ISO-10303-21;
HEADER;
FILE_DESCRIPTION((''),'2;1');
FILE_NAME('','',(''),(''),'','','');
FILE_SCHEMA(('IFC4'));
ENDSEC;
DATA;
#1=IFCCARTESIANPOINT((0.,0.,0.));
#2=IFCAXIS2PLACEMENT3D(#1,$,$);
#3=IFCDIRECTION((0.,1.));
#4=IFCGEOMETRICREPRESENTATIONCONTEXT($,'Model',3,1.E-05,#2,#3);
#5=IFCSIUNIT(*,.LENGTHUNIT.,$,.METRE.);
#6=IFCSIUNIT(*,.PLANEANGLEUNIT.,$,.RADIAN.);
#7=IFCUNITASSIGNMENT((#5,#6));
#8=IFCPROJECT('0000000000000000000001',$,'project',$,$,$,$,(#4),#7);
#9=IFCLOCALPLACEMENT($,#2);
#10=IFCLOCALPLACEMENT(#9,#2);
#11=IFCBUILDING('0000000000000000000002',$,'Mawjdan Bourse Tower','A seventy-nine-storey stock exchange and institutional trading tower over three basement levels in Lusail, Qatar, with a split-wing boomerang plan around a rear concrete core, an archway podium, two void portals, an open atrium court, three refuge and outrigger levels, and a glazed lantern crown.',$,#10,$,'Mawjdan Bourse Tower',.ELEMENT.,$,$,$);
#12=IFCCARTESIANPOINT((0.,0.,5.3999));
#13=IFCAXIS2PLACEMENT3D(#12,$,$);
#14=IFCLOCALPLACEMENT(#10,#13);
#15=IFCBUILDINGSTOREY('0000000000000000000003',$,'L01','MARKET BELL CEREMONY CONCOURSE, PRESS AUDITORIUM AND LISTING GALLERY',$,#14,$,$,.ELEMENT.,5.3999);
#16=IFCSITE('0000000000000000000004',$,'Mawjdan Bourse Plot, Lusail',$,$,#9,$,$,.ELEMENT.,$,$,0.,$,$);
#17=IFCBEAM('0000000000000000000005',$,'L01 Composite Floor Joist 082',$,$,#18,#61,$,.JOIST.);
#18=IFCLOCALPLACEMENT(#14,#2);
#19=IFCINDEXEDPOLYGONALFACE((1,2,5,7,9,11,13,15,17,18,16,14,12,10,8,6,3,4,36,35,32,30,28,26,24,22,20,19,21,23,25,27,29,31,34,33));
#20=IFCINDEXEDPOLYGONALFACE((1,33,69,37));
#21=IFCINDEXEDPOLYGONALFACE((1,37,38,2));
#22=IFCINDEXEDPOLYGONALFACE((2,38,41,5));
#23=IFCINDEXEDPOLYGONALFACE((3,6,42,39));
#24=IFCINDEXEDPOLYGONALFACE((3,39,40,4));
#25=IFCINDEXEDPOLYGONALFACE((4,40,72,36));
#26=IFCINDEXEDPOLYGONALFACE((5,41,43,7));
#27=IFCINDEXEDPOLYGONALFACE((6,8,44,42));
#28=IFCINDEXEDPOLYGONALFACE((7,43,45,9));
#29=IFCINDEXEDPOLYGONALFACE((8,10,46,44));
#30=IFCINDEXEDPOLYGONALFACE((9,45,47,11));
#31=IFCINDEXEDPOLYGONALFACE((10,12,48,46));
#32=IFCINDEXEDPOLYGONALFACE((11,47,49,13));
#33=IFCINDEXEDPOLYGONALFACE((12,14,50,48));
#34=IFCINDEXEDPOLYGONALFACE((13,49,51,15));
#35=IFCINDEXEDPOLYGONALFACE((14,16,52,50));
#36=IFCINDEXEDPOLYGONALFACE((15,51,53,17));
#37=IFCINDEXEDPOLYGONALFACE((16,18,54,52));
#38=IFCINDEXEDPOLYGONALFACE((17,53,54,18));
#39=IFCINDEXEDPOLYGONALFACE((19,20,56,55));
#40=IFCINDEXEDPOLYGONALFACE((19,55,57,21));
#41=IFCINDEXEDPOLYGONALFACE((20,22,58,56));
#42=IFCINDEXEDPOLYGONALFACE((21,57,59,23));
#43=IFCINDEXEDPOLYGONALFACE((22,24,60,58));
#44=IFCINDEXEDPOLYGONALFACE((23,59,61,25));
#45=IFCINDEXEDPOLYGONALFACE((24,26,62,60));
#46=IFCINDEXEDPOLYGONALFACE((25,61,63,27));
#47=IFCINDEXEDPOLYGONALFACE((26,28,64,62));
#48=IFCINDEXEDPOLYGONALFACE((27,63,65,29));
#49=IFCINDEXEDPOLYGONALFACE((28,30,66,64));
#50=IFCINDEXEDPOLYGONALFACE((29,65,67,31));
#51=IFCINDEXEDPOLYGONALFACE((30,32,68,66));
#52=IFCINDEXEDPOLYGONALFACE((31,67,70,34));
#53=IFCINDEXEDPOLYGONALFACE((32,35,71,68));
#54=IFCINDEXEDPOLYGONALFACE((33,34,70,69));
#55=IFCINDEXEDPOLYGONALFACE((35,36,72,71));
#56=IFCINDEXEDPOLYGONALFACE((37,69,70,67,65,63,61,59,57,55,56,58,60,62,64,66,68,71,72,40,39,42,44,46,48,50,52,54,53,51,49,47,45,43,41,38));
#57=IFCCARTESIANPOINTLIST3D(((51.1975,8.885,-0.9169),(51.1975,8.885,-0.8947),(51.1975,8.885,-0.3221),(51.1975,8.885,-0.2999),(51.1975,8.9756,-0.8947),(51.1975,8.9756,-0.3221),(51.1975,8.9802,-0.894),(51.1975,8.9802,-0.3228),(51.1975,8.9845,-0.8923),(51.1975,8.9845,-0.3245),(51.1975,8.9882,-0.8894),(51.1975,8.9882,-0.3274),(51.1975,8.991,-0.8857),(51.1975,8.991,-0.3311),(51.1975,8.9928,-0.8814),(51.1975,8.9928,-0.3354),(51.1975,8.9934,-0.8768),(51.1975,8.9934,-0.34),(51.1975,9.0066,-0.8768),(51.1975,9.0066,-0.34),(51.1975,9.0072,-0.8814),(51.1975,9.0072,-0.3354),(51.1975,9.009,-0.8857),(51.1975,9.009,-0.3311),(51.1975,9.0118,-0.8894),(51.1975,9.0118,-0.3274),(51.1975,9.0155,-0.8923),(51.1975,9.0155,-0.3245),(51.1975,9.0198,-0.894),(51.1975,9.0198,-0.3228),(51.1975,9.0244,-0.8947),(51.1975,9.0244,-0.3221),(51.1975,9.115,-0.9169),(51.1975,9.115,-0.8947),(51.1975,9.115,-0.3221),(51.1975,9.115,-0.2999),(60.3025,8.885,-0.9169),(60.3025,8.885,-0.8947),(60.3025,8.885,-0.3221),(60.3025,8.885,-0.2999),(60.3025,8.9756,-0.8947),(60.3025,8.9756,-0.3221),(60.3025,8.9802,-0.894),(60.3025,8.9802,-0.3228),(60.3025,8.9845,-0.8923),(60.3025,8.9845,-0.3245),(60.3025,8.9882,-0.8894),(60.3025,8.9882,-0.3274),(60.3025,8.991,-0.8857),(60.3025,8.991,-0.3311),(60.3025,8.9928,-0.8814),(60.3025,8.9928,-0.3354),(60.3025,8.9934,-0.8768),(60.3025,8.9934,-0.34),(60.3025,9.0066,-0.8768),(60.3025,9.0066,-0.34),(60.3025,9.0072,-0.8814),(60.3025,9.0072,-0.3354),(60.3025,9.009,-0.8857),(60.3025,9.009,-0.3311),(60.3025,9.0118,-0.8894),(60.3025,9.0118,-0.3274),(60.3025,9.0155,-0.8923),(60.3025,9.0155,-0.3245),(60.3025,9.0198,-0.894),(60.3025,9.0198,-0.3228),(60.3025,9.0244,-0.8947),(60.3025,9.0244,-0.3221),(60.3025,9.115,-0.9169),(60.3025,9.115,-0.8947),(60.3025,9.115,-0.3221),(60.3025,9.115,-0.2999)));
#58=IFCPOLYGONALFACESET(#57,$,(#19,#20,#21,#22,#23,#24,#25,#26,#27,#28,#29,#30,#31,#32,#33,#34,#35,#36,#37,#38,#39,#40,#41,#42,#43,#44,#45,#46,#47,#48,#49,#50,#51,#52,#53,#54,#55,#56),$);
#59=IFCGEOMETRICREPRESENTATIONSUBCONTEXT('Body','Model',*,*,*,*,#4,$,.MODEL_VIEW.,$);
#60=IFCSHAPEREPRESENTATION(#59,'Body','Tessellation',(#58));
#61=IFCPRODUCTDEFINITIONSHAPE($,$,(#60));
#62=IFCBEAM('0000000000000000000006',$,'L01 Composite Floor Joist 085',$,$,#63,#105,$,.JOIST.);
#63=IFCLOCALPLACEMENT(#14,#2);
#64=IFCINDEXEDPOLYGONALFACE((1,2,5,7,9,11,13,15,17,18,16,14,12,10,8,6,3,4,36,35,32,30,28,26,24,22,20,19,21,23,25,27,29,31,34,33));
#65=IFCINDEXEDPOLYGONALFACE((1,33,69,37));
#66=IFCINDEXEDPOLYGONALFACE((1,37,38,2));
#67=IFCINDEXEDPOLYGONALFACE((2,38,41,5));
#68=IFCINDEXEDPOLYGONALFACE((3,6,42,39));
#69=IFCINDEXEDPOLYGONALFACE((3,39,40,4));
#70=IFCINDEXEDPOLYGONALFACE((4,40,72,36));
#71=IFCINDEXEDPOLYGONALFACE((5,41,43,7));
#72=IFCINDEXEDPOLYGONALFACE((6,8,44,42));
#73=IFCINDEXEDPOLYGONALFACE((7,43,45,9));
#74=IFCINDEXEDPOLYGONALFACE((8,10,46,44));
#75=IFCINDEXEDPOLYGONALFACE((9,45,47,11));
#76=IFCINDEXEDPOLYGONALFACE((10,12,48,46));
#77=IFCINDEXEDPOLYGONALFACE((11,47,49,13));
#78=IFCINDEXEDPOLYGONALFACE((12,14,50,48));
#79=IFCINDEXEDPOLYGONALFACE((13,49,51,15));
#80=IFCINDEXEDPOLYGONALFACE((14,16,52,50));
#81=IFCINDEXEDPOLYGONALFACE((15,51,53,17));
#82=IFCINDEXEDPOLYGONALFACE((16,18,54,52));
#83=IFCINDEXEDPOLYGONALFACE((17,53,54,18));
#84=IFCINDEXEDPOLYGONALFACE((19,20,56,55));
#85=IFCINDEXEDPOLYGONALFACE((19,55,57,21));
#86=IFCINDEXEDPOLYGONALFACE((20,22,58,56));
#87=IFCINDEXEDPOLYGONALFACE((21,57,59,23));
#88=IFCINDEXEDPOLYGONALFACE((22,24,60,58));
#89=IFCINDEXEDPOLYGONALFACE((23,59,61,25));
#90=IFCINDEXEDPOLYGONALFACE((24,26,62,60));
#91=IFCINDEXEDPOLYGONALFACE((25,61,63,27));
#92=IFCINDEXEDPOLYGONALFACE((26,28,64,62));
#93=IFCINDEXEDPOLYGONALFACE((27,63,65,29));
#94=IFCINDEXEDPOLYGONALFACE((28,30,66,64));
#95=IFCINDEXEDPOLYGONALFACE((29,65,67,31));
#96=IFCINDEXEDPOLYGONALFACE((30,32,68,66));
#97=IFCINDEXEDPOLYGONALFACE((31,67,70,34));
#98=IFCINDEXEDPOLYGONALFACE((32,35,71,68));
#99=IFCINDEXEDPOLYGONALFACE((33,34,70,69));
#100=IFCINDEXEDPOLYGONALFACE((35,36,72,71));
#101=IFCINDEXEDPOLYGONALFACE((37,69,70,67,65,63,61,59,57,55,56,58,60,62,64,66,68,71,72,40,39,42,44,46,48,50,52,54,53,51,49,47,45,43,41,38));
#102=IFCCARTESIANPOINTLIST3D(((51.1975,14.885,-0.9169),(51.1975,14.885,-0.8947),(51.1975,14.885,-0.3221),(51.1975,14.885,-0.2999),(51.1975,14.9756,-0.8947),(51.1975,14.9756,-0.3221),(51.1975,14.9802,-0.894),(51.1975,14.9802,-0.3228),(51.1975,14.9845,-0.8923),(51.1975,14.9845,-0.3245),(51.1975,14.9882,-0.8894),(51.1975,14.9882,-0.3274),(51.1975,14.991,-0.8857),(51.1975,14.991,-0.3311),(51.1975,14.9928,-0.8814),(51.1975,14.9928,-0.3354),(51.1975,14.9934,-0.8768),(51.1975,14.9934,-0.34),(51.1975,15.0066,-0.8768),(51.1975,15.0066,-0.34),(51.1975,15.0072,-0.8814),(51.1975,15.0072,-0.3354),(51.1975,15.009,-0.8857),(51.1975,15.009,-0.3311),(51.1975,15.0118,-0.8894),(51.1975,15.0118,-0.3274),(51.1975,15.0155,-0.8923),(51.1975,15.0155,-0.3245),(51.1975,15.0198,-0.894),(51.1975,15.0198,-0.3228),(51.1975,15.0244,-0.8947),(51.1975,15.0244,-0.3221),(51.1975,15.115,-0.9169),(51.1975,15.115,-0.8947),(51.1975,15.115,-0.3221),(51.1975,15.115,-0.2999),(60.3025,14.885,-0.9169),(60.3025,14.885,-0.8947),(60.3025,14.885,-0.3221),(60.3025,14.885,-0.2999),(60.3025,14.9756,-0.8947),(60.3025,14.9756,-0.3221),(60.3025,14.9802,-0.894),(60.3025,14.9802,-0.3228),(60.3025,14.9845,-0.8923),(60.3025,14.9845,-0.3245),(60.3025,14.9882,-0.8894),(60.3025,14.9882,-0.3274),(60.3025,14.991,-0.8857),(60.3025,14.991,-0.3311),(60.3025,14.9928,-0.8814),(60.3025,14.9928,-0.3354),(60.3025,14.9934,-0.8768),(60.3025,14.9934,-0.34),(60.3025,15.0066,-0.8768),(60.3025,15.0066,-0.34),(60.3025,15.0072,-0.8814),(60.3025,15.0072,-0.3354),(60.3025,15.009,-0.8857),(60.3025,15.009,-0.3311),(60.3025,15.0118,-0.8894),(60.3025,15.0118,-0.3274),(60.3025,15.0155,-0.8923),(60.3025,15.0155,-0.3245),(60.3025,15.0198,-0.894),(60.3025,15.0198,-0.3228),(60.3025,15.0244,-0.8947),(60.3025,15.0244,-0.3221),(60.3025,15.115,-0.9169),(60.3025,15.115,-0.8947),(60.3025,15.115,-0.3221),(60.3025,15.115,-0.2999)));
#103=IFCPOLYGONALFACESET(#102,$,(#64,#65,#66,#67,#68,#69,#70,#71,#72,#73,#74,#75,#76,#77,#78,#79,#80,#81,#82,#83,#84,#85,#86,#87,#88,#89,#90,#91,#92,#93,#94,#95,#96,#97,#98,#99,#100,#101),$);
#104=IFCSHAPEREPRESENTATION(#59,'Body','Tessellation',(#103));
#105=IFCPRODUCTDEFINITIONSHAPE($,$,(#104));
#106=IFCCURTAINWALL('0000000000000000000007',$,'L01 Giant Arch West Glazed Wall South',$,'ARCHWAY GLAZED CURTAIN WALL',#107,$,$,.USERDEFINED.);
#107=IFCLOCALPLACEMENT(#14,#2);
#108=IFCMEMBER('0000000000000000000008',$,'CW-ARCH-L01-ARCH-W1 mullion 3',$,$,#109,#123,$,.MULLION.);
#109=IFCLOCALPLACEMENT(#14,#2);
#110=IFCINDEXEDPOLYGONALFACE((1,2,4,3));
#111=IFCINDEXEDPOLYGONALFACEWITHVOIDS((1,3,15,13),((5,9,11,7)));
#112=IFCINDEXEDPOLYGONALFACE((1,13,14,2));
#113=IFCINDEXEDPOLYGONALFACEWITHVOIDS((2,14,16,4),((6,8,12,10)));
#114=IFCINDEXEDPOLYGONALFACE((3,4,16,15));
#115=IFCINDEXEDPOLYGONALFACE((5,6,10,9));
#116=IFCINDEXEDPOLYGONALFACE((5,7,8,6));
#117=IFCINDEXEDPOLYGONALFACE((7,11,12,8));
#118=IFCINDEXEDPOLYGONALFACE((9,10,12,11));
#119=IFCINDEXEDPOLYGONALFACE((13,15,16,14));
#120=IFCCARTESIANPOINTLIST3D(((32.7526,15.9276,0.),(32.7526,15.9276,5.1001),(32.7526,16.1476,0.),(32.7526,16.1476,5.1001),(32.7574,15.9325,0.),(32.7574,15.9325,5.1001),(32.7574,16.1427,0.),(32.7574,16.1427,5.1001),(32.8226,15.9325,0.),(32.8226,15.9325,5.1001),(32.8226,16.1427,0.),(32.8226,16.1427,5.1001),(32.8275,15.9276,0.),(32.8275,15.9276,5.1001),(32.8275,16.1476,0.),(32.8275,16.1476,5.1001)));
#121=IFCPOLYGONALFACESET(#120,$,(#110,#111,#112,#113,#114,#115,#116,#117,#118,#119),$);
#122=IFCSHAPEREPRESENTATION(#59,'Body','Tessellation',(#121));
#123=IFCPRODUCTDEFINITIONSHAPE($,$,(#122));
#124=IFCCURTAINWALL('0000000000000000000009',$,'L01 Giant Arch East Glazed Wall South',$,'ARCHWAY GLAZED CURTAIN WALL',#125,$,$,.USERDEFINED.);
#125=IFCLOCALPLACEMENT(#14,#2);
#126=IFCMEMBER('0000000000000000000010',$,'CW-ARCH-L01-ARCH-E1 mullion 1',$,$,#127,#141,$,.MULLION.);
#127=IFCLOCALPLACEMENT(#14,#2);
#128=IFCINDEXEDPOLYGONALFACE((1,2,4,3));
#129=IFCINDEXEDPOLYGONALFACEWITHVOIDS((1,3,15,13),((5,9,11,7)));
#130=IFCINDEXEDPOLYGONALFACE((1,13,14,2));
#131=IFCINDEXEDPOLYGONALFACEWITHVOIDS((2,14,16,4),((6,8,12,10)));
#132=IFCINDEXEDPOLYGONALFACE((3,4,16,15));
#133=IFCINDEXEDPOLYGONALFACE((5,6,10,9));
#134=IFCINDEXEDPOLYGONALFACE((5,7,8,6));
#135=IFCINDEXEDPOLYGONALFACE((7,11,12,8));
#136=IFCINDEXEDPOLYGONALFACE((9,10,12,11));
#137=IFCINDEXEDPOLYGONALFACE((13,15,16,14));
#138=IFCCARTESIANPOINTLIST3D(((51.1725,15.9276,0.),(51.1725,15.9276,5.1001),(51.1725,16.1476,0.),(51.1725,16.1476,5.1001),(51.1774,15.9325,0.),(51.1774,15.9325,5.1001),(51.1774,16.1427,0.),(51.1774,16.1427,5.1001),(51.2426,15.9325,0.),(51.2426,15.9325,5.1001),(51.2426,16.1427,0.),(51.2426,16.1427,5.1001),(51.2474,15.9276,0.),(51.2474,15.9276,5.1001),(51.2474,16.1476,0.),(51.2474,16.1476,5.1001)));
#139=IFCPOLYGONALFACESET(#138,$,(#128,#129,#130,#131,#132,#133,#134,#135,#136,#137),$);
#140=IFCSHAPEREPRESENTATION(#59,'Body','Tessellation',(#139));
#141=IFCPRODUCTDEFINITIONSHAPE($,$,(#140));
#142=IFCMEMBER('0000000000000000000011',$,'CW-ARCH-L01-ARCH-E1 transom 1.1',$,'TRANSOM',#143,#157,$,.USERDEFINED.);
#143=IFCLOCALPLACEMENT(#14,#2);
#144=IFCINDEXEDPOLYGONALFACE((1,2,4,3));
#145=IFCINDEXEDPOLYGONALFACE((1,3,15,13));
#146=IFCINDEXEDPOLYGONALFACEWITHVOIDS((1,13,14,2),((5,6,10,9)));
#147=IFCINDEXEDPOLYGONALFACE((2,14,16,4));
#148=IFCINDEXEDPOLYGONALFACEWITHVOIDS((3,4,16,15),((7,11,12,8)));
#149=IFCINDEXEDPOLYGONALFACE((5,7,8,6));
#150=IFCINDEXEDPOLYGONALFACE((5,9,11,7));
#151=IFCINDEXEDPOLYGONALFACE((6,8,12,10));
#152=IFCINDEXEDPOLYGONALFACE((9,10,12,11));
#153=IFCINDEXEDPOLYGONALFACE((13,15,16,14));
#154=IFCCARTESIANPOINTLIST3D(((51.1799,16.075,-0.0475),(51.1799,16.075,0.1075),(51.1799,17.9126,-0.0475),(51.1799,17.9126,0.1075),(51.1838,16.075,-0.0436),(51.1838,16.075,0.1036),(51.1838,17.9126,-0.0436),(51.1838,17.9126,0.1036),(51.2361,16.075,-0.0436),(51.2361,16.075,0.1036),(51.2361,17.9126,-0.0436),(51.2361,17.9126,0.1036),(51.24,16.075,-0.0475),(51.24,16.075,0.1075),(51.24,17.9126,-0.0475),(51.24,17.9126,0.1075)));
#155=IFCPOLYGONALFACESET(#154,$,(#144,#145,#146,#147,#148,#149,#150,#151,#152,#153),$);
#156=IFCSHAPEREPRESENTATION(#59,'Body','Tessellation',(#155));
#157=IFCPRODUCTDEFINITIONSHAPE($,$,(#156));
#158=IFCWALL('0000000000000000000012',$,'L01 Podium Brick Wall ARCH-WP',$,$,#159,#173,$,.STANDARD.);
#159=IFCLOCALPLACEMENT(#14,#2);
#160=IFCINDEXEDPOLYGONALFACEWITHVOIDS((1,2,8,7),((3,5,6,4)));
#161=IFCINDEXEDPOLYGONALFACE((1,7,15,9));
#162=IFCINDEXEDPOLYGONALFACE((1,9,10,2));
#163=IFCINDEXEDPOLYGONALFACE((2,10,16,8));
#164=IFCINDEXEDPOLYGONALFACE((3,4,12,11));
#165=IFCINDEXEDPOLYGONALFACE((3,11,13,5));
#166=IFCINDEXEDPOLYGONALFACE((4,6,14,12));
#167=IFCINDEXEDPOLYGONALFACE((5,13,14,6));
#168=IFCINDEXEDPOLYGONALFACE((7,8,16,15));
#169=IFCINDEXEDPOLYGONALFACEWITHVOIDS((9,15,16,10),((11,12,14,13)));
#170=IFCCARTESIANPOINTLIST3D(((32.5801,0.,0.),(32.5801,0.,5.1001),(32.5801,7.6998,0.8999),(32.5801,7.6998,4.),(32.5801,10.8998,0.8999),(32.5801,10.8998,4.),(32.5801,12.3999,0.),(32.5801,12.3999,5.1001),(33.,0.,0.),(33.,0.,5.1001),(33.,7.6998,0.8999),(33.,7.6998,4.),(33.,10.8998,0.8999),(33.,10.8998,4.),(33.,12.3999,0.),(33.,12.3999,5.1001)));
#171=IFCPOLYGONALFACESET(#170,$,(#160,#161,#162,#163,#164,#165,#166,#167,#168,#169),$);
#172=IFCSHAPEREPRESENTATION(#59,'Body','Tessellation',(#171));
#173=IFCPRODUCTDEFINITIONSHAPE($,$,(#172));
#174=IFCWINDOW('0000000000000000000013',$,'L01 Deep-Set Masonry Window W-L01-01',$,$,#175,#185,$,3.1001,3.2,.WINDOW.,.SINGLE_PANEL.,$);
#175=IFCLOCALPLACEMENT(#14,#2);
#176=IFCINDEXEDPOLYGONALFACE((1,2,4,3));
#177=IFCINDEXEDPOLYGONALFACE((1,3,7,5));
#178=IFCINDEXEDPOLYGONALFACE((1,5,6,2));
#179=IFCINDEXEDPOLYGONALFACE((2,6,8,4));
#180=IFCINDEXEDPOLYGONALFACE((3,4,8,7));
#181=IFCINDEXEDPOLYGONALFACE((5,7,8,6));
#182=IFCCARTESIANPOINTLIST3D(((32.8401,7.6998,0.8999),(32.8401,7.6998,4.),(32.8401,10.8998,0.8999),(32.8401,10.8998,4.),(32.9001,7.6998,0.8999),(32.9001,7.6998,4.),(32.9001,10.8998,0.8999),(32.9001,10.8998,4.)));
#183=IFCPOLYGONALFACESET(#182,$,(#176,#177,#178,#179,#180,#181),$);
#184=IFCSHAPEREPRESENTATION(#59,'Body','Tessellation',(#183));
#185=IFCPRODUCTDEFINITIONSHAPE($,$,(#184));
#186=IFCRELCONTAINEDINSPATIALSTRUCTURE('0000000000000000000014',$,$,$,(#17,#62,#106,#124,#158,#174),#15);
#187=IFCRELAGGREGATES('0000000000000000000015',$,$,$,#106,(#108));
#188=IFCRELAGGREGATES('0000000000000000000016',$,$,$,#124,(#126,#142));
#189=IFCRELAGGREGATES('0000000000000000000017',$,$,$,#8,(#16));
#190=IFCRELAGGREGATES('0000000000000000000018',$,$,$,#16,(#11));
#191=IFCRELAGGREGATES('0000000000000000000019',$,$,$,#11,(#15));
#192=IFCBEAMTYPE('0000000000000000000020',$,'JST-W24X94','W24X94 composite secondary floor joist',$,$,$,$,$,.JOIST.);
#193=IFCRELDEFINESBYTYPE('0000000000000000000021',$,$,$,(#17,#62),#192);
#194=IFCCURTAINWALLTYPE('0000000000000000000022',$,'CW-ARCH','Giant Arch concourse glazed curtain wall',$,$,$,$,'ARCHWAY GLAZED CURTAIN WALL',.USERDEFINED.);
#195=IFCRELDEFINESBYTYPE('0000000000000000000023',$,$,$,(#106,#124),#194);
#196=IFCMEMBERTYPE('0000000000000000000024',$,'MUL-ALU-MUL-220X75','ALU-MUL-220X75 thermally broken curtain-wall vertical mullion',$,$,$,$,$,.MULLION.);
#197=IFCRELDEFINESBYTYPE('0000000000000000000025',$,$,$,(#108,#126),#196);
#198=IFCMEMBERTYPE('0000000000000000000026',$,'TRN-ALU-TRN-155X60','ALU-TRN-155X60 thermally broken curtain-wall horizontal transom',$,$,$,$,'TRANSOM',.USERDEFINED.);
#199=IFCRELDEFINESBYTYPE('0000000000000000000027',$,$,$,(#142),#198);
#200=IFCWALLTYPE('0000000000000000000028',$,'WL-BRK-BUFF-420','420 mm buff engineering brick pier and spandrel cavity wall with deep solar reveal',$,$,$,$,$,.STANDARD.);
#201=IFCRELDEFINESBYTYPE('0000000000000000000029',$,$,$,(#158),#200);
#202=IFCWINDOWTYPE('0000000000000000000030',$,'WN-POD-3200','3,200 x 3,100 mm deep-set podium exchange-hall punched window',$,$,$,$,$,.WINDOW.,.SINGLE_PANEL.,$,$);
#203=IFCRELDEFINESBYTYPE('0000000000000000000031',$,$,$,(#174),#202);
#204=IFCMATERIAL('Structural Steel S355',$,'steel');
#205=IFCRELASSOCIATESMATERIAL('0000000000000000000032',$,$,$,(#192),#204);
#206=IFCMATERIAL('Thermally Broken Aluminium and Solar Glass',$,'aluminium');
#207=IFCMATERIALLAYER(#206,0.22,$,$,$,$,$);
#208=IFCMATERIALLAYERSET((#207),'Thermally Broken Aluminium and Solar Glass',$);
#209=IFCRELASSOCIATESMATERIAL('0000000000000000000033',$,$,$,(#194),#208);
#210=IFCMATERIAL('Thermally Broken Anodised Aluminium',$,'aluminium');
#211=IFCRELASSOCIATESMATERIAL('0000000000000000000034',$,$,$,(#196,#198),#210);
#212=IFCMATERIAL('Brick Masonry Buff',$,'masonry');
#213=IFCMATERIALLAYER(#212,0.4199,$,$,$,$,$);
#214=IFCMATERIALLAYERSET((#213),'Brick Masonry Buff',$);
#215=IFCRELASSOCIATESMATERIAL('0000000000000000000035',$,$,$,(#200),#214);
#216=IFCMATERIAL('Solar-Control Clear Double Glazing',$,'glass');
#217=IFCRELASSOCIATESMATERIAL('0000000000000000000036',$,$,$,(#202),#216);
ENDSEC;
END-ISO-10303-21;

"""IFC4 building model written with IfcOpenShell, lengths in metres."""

from ifc_helpers import new_model, si_unit, direction, frame, frame_2d, origin, origin_2d, place, context, subcontext, project, spatial, rectangle, hollow_rectangle, i_section, extrude, material, layer, layer_set, material_profile, profile_set, type_object, element, fill, aggregate, save


model = new_model("IFC4")

# Units and contexts
model_context = context("Model", 3, precision=1e-05, world=origin(), true_north=direction((0.0, 1.0)))
body_context = subcontext(model_context, "Body", "Model", "MODEL_VIEW")
ifc_project = project(units=[si_unit("LENGTHUNIT", "METRE"), si_unit("PLANEANGLEUNIT", "RADIAN")], contexts=[model_context])

# Site, building, storey
site_placement = place(None, origin())
site = spatial("IfcSite", under=ifc_project, at=site_placement, Name="Mawjdan Bourse Plot, Lusail", CompositionType="ELEMENT", RefElevation=0.0)
building_placement = place(site_placement, origin())
building = spatial("IfcBuilding", under=site, at=building_placement, Name="Mawjdan Bourse Tower", Description="A seventy-nine-storey stock exchange and institutional trading tower over three basement levels in Lusail, Qatar, with a split-wing boomerang plan around a rear concrete core, an archway podium, two void portals, an open atrium court, three refuge and outrigger levels, and a glazed lantern crown.", LongName="Mawjdan Bourse Tower", CompositionType="ELEMENT")
storey_placement = place(building_placement, frame((0.0, 0.0, 5.3999)))
storey = spatial("IfcBuildingStorey", under=building, at=storey_placement, Name="L01", Description="MARKET BELL CEREMONY CONCOURSE, PRESS AUDITORIUM AND LISTING GALLERY", CompositionType="ELEMENT", Elevation=5.3999)

# Beams
ifc_material_1 = material(Name="Structural Steel S355", Category="steel")
ifc_material_profile_1 = material_profile(ifc_material_1, i_section(OverallWidth=0.23, OverallDepth=0.6169, WebThickness=0.0132, FlangeThickness=0.0222, FilletRadius=0.0178, at=origin_2d()), Name="W24X94")
ifc_profile_set_1 = profile_set([ifc_material_profile_1], Name="Structural Steel S355")
beam_type_1 = type_object("IfcBeamType", Name="JST-W24X94", Description="W24X94 composite secondary floor joist", PredefinedType="JOIST", material=ifc_profile_set_1)
for number, where, z_axis, x_axis, name in (
    (1, (51.1975, 9.0, -0.6084), (1.0, 0.0, 0.0), (0.0, 1.0, 0.0), "L01 Composite Floor Joist 082"),
    (2, (51.1975, 15.0, -0.6084), (1.0, 0.0, 0.0), (0.0, 1.0, 0.0), "L01 Composite Floor Joist 085"),
):
    element("IfcBeam", number, at=place(storey_placement, frame(where, z_axis=z_axis, x_axis=x_axis)), inside=storey, type_object=beam_type_1, Name=name, PredefinedType="JOIST", context=body_context, shape_type="SweptSolid", body=[
        extrude(i_section(OverallWidth=0.23, OverallDepth=0.6169, WebThickness=0.0132, FlangeThickness=0.0222, FilletRadius=0.0178, at=origin_2d()), origin(), (0.0, 0.0, 1.0), 9.105),
    ])

# Curtain wall, member
ifc_material_2 = material(Name="Thermally Broken Aluminium and Solar Glass", Category="aluminium")
ifc_layer_1 = layer(ifc_material_2, 0.22)
ifc_layer_set_1 = layer_set([ifc_layer_1], Name="Thermally Broken Aluminium and Solar Glass")
curtain_wall_type = type_object("IfcCurtainWallType", Name="CW-ARCH", Description="Giant Arch concourse glazed curtain wall", ElementType="ARCHWAY GLAZED CURTAIN WALL", PredefinedType="USERDEFINED", material=ifc_layer_set_1)
curtain_wall_1_placement = place(storey_placement, origin())
curtain_wall_1 = element("IfcCurtainWall", 3, at=curtain_wall_1_placement, inside=storey, type_object=curtain_wall_type, Name="L01 Giant Arch West Glazed Wall South", ObjectType="ARCHWAY GLAZED CURTAIN WALL", PredefinedType="USERDEFINED")
ifc_material_3 = material(Name="Thermally Broken Anodised Aluminium", Category="aluminium")
ifc_material_profile_2 = material_profile(ifc_material_3, hollow_rectangle(XDim=0.075, YDim=0.22, WallThickness=0.0049, at=origin_2d()), Name="ALU-MUL-220X75")
ifc_profile_set_2 = profile_set([ifc_material_profile_2], Name="Thermally Broken Anodised Aluminium")
member_type_1 = type_object("IfcMemberType", Name="MUL-ALU-MUL-220X75", Description="ALU-MUL-220X75 thermally broken curtain-wall vertical mullion", PredefinedType="MULLION", material=ifc_profile_set_2)
member_1_placement = place(storey_placement, frame((32.79, 16.0376, 0.0), z_axis=(0.0, 0.0, 1.0), x_axis=(1.0, 0.0, 0.0)))
member_1 = element("IfcMember", 4, at=member_1_placement, type_object=member_type_1, Name="CW-ARCH-L01-ARCH-W1 mullion 3", PredefinedType="MULLION", context=body_context, shape_type="SweptSolid", body=[
    extrude(hollow_rectangle(XDim=0.075, YDim=0.22, WallThickness=0.0049, at=origin_2d()), origin(), (0.0, 0.0, 1.0), 5.1001),
])
aggregate(curtain_wall_1, [member_1])

# Curtain wall, members
curtain_wall_2_placement = place(storey_placement, origin())
curtain_wall_2 = element("IfcCurtainWall", 5, at=curtain_wall_2_placement, inside=storey, type_object=curtain_wall_type, Name="L01 Giant Arch East Glazed Wall South", ObjectType="ARCHWAY GLAZED CURTAIN WALL", PredefinedType="USERDEFINED")
member_2_placement = place(storey_placement, frame((51.21, 16.0376, 0.0), z_axis=(0.0, 0.0, 1.0), x_axis=(-1.0, 0.0, 0.0)))
member_2 = element("IfcMember", 6, at=member_2_placement, type_object=member_type_1, Name="CW-ARCH-L01-ARCH-E1 mullion 1", PredefinedType="MULLION", context=body_context, shape_type="SweptSolid", body=[
    extrude(hollow_rectangle(XDim=0.075, YDim=0.22, WallThickness=0.0049, at=origin_2d()), origin(), (0.0, 0.0, 1.0), 5.1001),
])
ifc_material_profile_3 = material_profile(ifc_material_3, hollow_rectangle(XDim=0.0601, YDim=0.155, WallThickness=0.0039, at=origin_2d()), Name="ALU-TRN-155X60")
ifc_profile_set_3 = profile_set([ifc_material_profile_3], Name="Thermally Broken Anodised Aluminium")
member_type_2 = type_object("IfcMemberType", Name="TRN-ALU-TRN-155X60", Description="ALU-TRN-155X60 thermally broken curtain-wall horizontal transom", ElementType="TRANSOM", PredefinedType="USERDEFINED", material=ifc_profile_set_3)
member_3_placement = place(storey_placement, frame((51.21, 16.075, 0.03), z_axis=(0.0, 1.0, 0.0), x_axis=(-1.0, 0.0, 0.0)))
member_3 = element("IfcMember", 7, at=member_3_placement, type_object=member_type_2, Name="CW-ARCH-L01-ARCH-E1 transom 1.1", ObjectType="TRANSOM", PredefinedType="USERDEFINED", context=body_context, shape_type="SweptSolid", body=[
    extrude(hollow_rectangle(XDim=0.0601, YDim=0.155, WallThickness=0.0039, at=origin_2d()), origin(), (0.0, 0.0, 1.0), 1.8376),
])
aggregate(curtain_wall_2, [member_2, member_3])

# Wall, opening, window
ifc_material_4 = material(Name="Brick Masonry Buff", Category="masonry")
ifc_layer_2 = layer(ifc_material_4, 0.4199)
ifc_layer_set_2 = layer_set([ifc_layer_2], Name="Brick Masonry Buff")
wall_type_1 = type_object("IfcWallType", Name="WL-BRK-BUFF-420", Description="420 mm buff engineering brick pier and spandrel cavity wall with deep solar reveal", PredefinedType="STANDARD", material=ifc_layer_set_2)
wall_1_placement = place(storey_placement, frame((32.79, 12.3999, 0.0), z_axis=(0.0, 0.0, 1.0), x_axis=(0.0, -1.0, 0.0)))
wall_1 = element("IfcWall", 8, at=wall_1_placement, inside=storey, type_object=wall_type_1, Name="L01 Podium Brick Wall ARCH-WP", PredefinedType="STANDARD", context=body_context, shape_type="SweptSolid", body=[
    extrude(rectangle(XDim=12.3999, YDim=0.4199, at=frame_2d((6.2, 0.0))), origin(), (0.0, 0.0, 1.0), 5.1001),
])
opening_1_placement = place(wall_1_placement, frame((1.5, 0.0, 0.8999)))
opening_1 = element("IfcOpeningElement", 9, at=opening_1_placement, cuts=wall_1, PredefinedType="OPENING", context=body_context, shape_type="SweptSolid", body=[
    extrude(rectangle(XDim=3.2, YDim=3.1001, at=frame_2d((1.6001, 1.55))), frame((0.0, 0.22, 0.0), z_axis=(0.0, -1.0, 0.0), x_axis=(1.0, 0.0, 0.0)), (0.0, 0.0, 1.0), 0.4399),
])
ifc_material_5 = material(Name="Solar-Control Clear Double Glazing", Category="glass")
window_type = type_object("IfcWindowType", Name="WN-POD-3200", Description="3,200 x 3,100 mm deep-set podium exchange-hall punched window", PartitioningType="SINGLE_PANEL", PredefinedType="WINDOW", material=ifc_material_5)
window_1_placement = place(opening_1_placement, origin())
window_1 = element("IfcWindow", 10, at=window_1_placement, inside=storey, type_object=window_type, Name="L01 Deep-Set Masonry Window W-L01-01", OverallHeight=3.1001, OverallWidth=3.2, PartitioningType="SINGLE_PANEL", PredefinedType="WINDOW", context=body_context, shape_type="SweptSolid", body=[
    extrude(rectangle(XDim=3.2, YDim=3.1001, at=frame_2d((1.6001, 1.55))), frame((0.0, 0.1101, 0.0), z_axis=(0.0, -1.0, 0.0), x_axis=(1.0, 0.0, 0.0)), (0.0, 0.0, 1.0), 0.0601),
])
fill(opening_1, window_1)

save(model, "model.ifc")
